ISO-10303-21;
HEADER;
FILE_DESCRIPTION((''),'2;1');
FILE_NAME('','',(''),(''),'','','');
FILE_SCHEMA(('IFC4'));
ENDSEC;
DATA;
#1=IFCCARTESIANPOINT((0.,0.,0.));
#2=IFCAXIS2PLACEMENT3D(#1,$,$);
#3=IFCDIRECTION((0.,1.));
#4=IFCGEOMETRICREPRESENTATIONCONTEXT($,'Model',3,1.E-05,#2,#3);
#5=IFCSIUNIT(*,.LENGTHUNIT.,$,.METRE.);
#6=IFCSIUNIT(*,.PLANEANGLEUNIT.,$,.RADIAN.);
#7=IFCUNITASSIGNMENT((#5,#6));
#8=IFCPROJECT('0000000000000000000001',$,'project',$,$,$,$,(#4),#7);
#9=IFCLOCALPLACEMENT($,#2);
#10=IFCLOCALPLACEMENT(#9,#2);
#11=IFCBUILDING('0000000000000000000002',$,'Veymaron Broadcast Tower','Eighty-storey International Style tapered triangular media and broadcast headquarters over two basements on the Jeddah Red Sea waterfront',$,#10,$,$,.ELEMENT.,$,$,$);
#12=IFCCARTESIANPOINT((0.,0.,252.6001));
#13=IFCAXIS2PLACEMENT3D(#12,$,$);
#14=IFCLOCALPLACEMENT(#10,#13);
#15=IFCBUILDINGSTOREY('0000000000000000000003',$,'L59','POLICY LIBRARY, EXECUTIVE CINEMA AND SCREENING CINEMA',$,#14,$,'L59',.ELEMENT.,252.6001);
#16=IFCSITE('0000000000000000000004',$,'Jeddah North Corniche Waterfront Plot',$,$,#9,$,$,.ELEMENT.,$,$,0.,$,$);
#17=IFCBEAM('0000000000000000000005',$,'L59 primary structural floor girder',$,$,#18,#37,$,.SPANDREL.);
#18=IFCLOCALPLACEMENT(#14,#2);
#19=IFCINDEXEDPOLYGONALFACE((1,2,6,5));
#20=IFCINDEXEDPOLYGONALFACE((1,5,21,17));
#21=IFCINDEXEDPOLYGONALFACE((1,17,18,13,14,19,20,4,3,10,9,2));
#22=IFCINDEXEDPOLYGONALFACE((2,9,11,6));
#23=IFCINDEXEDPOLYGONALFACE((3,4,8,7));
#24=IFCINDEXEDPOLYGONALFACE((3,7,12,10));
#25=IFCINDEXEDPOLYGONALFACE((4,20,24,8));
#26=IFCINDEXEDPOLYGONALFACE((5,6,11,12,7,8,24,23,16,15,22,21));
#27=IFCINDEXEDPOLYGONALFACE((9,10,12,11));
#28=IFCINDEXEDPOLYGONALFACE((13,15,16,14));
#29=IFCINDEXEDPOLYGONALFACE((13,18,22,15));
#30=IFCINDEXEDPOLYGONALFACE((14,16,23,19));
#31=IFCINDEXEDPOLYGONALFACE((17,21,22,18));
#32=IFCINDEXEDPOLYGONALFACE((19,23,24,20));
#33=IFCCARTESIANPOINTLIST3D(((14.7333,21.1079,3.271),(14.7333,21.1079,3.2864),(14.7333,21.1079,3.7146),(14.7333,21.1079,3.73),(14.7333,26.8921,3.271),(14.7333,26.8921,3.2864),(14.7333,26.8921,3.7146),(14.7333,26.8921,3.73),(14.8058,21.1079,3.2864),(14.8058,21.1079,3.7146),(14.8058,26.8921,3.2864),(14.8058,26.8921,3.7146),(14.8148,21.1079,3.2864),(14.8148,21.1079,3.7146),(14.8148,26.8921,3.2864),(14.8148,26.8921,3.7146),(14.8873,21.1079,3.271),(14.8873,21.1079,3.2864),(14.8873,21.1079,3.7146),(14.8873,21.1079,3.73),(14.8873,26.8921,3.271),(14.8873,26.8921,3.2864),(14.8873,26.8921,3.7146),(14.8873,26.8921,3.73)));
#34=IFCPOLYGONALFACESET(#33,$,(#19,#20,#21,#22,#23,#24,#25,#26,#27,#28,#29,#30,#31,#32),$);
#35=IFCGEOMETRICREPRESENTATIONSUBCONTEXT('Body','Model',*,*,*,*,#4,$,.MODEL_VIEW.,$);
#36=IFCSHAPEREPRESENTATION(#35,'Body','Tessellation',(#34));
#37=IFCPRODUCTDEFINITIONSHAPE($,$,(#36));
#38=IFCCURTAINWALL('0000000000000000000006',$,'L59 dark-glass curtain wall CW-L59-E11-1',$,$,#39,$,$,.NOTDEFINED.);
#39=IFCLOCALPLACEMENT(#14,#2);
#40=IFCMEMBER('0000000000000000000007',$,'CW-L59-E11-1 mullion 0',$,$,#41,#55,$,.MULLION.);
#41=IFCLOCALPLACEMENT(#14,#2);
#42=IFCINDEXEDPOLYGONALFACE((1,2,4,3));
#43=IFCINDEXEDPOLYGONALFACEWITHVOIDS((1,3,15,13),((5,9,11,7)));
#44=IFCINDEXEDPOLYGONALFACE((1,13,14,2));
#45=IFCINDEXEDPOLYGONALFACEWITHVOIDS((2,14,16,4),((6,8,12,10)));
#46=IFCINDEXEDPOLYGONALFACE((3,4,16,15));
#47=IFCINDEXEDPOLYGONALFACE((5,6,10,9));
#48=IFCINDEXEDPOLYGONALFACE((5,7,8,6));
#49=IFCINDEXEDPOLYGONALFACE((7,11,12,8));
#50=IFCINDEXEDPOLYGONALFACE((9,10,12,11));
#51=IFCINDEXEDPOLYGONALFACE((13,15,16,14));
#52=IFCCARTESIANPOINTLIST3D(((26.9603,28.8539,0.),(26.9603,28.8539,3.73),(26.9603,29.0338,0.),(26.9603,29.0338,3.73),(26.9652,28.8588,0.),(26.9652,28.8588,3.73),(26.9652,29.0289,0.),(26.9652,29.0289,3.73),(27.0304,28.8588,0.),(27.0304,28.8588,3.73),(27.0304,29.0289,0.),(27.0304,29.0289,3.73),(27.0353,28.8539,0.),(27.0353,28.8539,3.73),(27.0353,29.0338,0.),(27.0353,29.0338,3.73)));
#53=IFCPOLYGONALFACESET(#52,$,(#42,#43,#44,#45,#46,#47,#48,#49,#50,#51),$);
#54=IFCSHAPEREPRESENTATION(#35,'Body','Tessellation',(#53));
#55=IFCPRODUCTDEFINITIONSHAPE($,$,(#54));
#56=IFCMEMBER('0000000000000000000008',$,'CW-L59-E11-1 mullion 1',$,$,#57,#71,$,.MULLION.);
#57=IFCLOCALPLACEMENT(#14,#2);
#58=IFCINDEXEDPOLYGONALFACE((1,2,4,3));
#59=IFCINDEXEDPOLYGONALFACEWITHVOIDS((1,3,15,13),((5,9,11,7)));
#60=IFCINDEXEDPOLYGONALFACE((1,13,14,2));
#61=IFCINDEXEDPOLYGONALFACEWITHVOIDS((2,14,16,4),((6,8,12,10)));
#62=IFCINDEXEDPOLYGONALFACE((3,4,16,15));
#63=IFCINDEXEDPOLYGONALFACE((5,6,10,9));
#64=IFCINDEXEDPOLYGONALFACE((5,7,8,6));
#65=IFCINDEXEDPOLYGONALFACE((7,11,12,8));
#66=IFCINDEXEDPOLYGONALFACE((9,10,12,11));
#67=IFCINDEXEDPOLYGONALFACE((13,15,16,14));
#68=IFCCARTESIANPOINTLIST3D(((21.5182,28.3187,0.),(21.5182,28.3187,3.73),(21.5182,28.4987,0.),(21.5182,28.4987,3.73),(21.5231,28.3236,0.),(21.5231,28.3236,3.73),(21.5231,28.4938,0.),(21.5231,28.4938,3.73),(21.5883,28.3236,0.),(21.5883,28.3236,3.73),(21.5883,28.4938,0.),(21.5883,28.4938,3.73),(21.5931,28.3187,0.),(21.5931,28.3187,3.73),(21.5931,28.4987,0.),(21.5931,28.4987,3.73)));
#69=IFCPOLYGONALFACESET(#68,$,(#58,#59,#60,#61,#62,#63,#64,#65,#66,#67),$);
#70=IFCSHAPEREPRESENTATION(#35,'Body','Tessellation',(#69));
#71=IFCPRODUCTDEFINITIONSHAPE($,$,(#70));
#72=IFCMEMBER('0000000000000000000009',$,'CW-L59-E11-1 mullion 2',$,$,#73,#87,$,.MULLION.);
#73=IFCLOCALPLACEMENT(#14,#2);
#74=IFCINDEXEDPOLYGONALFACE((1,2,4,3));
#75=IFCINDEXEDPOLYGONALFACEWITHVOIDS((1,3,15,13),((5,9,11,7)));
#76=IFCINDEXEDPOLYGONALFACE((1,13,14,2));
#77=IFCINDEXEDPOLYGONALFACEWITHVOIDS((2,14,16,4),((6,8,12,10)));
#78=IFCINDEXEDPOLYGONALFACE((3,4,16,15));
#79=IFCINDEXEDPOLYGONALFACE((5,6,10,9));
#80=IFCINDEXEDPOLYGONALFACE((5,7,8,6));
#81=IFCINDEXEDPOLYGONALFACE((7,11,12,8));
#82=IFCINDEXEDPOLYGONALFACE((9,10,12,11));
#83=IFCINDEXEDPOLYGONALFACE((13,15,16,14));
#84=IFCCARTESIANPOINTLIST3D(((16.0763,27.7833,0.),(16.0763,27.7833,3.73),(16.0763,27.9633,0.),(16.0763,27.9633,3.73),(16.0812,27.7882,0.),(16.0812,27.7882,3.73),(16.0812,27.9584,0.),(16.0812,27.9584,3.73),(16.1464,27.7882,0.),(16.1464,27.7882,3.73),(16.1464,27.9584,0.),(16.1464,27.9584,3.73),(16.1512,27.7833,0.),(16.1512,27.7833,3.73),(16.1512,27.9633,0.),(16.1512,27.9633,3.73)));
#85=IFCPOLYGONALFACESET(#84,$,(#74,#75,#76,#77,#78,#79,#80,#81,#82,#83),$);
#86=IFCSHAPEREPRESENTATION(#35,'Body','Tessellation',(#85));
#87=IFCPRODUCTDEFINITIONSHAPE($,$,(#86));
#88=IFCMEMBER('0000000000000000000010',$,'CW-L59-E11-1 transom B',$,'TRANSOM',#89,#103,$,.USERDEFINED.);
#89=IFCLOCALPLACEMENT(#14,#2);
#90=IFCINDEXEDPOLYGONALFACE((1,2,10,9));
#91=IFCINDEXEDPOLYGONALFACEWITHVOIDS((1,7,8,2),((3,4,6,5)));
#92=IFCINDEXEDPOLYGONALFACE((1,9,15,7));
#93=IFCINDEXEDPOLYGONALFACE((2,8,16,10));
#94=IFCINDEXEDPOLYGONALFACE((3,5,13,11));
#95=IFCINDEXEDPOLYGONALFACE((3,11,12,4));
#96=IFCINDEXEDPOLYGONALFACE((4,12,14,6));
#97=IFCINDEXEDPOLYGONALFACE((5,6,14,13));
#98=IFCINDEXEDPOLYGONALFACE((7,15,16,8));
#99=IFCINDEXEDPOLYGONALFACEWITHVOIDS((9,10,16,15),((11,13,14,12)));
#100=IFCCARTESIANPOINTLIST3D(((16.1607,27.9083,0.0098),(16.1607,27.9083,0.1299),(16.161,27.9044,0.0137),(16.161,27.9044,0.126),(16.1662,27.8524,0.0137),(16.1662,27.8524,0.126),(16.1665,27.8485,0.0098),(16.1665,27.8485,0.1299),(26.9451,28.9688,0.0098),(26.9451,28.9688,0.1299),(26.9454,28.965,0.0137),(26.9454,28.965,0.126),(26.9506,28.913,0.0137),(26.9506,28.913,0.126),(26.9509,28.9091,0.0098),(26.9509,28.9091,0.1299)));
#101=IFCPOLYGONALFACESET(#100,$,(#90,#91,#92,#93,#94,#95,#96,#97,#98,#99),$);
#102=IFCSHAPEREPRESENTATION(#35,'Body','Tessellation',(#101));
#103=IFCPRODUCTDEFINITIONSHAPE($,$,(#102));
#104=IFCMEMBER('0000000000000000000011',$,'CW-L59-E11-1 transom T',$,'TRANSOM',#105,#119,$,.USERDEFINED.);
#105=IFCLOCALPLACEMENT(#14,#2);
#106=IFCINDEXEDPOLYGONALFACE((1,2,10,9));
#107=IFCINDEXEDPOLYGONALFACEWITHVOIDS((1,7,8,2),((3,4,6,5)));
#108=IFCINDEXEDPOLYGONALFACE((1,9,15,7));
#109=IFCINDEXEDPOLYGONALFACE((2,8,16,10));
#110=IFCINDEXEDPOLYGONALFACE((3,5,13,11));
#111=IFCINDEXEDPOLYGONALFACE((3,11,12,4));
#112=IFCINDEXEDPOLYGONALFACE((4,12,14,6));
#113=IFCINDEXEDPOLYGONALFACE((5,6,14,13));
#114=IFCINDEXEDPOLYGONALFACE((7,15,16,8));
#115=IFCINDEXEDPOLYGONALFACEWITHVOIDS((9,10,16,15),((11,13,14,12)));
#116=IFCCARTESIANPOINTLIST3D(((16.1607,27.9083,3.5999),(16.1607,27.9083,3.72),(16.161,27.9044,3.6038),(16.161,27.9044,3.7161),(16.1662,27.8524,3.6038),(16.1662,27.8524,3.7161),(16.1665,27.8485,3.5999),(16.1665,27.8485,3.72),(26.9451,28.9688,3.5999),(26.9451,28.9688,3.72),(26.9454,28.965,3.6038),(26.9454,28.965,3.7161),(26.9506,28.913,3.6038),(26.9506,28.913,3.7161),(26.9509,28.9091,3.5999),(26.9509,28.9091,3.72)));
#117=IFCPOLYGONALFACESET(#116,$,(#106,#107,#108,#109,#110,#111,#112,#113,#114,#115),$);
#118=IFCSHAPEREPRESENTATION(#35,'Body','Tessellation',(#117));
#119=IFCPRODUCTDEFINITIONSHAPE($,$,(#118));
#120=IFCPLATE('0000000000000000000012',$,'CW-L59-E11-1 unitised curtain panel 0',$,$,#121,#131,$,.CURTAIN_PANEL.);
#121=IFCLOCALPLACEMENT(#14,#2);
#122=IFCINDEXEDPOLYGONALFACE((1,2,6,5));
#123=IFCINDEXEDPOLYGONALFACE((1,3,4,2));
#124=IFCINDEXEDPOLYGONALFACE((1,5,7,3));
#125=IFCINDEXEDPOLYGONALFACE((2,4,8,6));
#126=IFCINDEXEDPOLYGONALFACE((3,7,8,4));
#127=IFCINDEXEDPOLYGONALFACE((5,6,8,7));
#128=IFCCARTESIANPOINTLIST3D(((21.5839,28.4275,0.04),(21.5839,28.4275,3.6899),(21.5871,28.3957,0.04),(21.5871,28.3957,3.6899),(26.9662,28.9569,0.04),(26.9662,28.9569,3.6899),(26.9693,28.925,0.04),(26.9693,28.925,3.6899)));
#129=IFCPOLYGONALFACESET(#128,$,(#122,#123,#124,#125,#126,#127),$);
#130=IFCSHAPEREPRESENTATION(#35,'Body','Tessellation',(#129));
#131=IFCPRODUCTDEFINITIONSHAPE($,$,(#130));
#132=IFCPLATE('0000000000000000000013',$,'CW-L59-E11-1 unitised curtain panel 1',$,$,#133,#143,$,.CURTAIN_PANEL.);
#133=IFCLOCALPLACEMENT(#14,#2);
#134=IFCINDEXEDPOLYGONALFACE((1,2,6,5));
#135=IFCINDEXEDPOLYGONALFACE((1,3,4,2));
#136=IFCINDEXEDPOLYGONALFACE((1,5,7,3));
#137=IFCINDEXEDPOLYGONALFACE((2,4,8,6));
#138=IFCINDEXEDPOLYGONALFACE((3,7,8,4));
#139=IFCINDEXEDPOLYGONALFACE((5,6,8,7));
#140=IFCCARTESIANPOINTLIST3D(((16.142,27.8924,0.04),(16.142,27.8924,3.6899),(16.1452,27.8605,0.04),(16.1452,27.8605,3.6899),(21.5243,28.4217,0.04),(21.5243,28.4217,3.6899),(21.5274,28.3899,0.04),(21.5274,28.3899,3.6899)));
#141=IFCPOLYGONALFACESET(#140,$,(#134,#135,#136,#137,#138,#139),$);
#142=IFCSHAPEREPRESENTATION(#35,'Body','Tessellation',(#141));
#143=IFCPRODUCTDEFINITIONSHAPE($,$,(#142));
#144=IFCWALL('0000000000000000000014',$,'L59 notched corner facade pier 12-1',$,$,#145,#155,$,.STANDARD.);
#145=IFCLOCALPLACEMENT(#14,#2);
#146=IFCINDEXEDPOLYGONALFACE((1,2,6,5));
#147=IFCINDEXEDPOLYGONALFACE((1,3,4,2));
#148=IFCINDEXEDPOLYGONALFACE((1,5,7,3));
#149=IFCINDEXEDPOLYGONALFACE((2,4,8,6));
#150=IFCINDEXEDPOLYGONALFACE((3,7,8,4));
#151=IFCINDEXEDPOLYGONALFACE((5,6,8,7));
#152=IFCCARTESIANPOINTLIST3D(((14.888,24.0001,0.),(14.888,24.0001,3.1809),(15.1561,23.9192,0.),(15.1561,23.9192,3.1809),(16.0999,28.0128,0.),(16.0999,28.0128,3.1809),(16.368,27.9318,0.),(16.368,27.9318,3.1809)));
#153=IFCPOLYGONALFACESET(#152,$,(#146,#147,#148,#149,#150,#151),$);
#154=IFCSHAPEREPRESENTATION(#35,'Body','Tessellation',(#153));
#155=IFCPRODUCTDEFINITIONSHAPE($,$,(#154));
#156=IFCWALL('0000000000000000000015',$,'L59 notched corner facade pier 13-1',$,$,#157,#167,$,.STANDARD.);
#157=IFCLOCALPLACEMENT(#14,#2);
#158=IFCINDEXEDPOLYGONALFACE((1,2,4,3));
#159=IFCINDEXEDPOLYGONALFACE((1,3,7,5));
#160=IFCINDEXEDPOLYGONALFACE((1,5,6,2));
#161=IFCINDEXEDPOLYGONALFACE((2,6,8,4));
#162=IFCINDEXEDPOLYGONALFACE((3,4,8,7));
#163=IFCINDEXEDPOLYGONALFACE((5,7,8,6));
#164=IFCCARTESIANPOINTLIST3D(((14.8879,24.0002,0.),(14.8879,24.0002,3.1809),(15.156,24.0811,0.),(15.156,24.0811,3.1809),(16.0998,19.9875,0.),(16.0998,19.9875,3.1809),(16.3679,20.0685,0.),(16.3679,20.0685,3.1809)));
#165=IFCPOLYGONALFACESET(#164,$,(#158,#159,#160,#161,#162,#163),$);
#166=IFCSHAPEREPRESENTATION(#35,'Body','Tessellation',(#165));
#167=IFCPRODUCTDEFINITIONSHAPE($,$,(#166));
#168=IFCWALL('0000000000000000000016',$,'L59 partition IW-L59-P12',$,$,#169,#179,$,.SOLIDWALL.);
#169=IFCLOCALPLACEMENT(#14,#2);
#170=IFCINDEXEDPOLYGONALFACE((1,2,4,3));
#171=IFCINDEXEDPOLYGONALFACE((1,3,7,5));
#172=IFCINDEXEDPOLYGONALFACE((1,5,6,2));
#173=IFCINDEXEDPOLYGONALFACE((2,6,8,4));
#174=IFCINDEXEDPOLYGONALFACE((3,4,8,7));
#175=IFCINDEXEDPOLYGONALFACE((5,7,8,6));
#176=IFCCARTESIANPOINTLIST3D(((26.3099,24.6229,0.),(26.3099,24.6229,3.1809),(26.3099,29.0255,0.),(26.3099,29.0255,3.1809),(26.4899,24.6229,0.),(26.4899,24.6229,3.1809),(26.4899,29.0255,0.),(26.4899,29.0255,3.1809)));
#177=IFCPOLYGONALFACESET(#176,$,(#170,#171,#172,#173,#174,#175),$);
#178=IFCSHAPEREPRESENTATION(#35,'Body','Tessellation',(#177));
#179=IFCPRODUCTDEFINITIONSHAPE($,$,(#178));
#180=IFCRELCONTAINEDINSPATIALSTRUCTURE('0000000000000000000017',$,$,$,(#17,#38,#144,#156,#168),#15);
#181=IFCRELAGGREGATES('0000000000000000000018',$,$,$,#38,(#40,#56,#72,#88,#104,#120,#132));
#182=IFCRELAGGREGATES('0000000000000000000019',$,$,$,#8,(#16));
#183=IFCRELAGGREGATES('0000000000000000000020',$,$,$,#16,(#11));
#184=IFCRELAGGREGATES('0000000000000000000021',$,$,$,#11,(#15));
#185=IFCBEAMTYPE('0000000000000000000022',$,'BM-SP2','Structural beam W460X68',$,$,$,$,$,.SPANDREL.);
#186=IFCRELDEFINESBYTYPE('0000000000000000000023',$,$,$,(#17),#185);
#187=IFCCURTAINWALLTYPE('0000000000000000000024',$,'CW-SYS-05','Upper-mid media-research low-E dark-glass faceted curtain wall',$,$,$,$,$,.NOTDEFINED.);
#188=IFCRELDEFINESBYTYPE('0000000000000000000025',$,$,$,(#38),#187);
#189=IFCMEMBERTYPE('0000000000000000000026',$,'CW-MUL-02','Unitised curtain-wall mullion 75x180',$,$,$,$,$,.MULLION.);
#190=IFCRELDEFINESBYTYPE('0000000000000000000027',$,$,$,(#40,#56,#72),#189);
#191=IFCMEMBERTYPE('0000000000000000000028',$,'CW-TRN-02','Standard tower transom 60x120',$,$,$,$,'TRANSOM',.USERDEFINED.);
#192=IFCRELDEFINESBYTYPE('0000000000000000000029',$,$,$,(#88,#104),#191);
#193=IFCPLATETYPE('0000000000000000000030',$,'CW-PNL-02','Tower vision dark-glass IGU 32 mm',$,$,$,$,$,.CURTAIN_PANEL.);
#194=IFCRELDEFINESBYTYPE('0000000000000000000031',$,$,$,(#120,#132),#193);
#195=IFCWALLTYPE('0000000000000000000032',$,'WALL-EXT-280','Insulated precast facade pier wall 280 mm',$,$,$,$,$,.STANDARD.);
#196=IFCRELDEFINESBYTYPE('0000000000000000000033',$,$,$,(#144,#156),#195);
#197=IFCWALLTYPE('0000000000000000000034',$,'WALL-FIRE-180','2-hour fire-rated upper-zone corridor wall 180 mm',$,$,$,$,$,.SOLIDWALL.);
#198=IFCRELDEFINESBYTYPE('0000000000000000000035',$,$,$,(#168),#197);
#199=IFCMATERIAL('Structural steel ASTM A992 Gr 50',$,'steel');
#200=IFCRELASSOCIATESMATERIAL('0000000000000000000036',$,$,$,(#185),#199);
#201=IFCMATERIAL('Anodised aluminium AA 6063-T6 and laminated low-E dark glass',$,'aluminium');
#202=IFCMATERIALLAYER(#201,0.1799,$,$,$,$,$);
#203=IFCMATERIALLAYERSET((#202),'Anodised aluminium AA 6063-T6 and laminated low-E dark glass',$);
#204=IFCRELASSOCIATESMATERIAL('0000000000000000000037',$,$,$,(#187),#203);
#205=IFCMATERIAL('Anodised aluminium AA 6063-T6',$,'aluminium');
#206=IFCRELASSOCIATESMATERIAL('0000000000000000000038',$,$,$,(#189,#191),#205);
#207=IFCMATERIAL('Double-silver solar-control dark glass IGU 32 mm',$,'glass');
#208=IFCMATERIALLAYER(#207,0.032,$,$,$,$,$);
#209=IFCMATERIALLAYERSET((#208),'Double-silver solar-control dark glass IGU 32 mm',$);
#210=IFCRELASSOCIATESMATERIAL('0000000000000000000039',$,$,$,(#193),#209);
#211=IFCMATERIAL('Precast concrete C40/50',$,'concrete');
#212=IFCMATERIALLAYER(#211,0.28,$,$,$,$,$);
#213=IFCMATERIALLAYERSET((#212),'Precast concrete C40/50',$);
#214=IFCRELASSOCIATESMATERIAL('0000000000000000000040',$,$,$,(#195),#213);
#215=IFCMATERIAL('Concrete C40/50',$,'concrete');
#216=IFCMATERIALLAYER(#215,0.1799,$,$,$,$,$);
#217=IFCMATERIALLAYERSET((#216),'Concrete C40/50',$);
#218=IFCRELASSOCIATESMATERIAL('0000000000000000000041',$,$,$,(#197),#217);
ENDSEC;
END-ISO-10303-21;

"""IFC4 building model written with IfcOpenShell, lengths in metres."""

from ifc_helpers import new_model, si_unit, direction, frame, frame_2d, origin, origin_2d, place, context, subcontext, project, spatial, rectangle, hollow_rectangle, i_section, extrude, material, layer, layer_set, material_profile, profile_set, type_object, element, aggregate, save


model = new_model("IFC4")

# Units and contexts
model_context = context("Model", 3, precision=1e-05, world=origin(), true_north=direction((0.0, 1.0)))
body_context = subcontext(model_context, "Body", "Model", "MODEL_VIEW")
ifc_project = project(units=[si_unit("LENGTHUNIT", "METRE"), si_unit("PLANEANGLEUNIT", "RADIAN")], contexts=[model_context])

# Site, building, storey
site_placement = place(None, origin())
site = spatial("IfcSite", under=ifc_project, at=site_placement, Name="Jeddah North Corniche Waterfront Plot", CompositionType="ELEMENT", RefElevation=0.0)
building_placement = place(site_placement, origin())
building = spatial("IfcBuilding", under=site, at=building_placement, Name="Veymaron Broadcast Tower", Description="Eighty-storey International Style tapered triangular media and broadcast headquarters over two basements on the Jeddah Red Sea waterfront", CompositionType="ELEMENT")
storey_placement = place(building_placement, frame((0.0, 0.0, 252.6001)))
storey = spatial("IfcBuildingStorey", under=building, at=storey_placement, Name="L59", Description="POLICY LIBRARY, EXECUTIVE CINEMA AND SCREENING CINEMA", LongName="L59", CompositionType="ELEMENT", Elevation=252.6001)

# Beam
ifc_material_1 = material(Name="Structural steel ASTM A992 Gr 50", Category="steel")
ifc_material_profile_1 = material_profile(ifc_material_1, i_section(OverallWidth=0.1541, OverallDepth=0.459, WebThickness=0.009, FlangeThickness=0.0154, at=origin_2d()), Name="W460X68")
ifc_profile_set_1 = profile_set([ifc_material_profile_1], Name="Structural steel ASTM A992 Gr 50")
beam_type_1 = type_object("IfcBeamType", Name="BM-SP2", Description="Structural beam W460X68", PredefinedType="SPANDREL", material=ifc_profile_set_1)
beam_1_placement = place(storey_placement, frame((14.8103, 21.1079, 3.5005), z_axis=(0.0, 1.0, 0.0), x_axis=(-1.0, 0.0, 0.0)))
element("IfcBeam", 1, at=beam_1_placement, inside=storey, type_object=beam_type_1, Name="L59 primary structural floor girder", PredefinedType="SPANDREL", context=body_context, shape_type="SweptSolid", body=[
    extrude(i_section(OverallWidth=0.1541, OverallDepth=0.459, WebThickness=0.009, FlangeThickness=0.0154, at=origin_2d()), origin(), (0.0, 0.0, 1.0), 5.7842),
])

# Curtain wall, members, plates
ifc_material_2 = material(Name="Anodised aluminium AA 6063-T6 and laminated low-E dark glass", Category="aluminium")
ifc_layer_1 = layer(ifc_material_2, 0.1799)
ifc_layer_set_1 = layer_set([ifc_layer_1], Name="Anodised aluminium AA 6063-T6 and laminated low-E dark glass")
curtain_wall_type = type_object("IfcCurtainWallType", Name="CW-SYS-05", Description="Upper-mid media-research low-E dark-glass faceted curtain wall", PredefinedType="NOTDEFINED", material=ifc_layer_set_1)
curtain_wall_placement = place(storey_placement, origin())
curtain_wall = element("IfcCurtainWall", 2, at=curtain_wall_placement, inside=storey, type_object=curtain_wall_type, Name="L59 dark-glass curtain wall CW-L59-E11-1", PredefinedType="NOTDEFINED")
ifc_material_3 = material(Name="Anodised aluminium AA 6063-T6", Category="aluminium")
ifc_material_profile_2 = material_profile(ifc_material_3, hollow_rectangle(XDim=0.075, YDim=0.1799, WallThickness=0.0049, at=origin_2d()), Name="AL180X75X5")
ifc_profile_set_2 = profile_set([ifc_material_profile_2], Name="Anodised aluminium AA 6063-T6")
member_type_1 = type_object("IfcMemberType", Name="CW-MUL-02", Description="Unitised curtain-wall mullion 75x180", PredefinedType="MULLION", material=ifc_profile_set_2)
member_1_placement = place(storey_placement, frame((26.9978, 28.9438, 0.0), z_axis=(0.0, 0.0, 1.0), x_axis=(1.0, 0.0, 0.0)))
member_1 = element("IfcMember", 3, at=member_1_placement, type_object=member_type_1, Name="CW-L59-E11-1 mullion 0", PredefinedType="MULLION", context=body_context, shape_type="SweptSolid", body=[
    extrude(hollow_rectangle(XDim=0.075, YDim=0.1799, WallThickness=0.0049, at=origin_2d()), origin(), (0.0, 0.0, 1.0), 3.73),
])
member_2_placement = place(storey_placement, frame((21.5557, 28.4087, 0.0), z_axis=(0.0, 0.0, 1.0), x_axis=(1.0, 0.0, 0.0)))
member_2 = element("IfcMember", 4, at=member_2_placement, type_object=member_type_1, Name="CW-L59-E11-1 mullion 1", PredefinedType="MULLION", context=body_context, shape_type="SweptSolid", body=[
    extrude(hollow_rectangle(XDim=0.075, YDim=0.1799, WallThickness=0.0049, at=origin_2d()), origin(), (0.0, 0.0, 1.0), 3.73),
])
member_3_placement = place(storey_placement, frame((16.1138, 27.8733, 0.0), z_axis=(0.0, 0.0, 1.0), x_axis=(1.0, 0.0, 0.0)))
member_3 = element("IfcMember", 5, at=member_3_placement, type_object=member_type_1, Name="CW-L59-E11-1 mullion 2", PredefinedType="MULLION", context=body_context, shape_type="SweptSolid", body=[
    extrude(hollow_rectangle(XDim=0.075, YDim=0.1799, WallThickness=0.0049, at=origin_2d()), origin(), (0.0, 0.0, 1.0), 3.73),
])
ifc_material_profile_3 = material_profile(ifc_material_3, hollow_rectangle(XDim=0.0601, YDim=0.1201, WallThickness=0.0039, at=origin_2d()), Name="AL120X60X4")
ifc_profile_set_3 = profile_set([ifc_material_profile_3], Name="Anodised aluminium AA 6063-T6")
member_type_2 = type_object("IfcMemberType", Name="CW-TRN-02", Description="Standard tower transom 60x120", ElementType="TRANSOM", PredefinedType="USERDEFINED", material=ifc_profile_set_3)
member_4_placement = place(storey_placement, frame((26.948, 28.939, 0.0698), z_axis=(-0.995199, -0.097869, 0.0), x_axis=(0.097869, -0.995199, 0.0)))
member_4 = element("IfcMember", 6, at=member_4_placement, type_object=member_type_2, Name="CW-L59-E11-1 transom B", ObjectType="TRANSOM", PredefinedType="USERDEFINED", context=body_context, shape_type="SweptSolid", body=[
    extrude(hollow_rectangle(XDim=0.0601, YDim=0.1201, WallThickness=0.0039, at=origin_2d()), origin(), (0.0, 0.0, 1.0), 10.8364),
])
member_5_placement = place(storey_placement, frame((26.948, 28.939, 3.6599), z_axis=(-0.995199, -0.097869, 0.0), x_axis=(0.097869, -0.995199, 0.0)))
member_5 = element("IfcMember", 7, at=member_5_placement, type_object=member_type_2, Name="CW-L59-E11-1 transom T", ObjectType="TRANSOM", PredefinedType="USERDEFINED", context=body_context, shape_type="SweptSolid", body=[
    extrude(hollow_rectangle(XDim=0.0601, YDim=0.1201, WallThickness=0.0039, at=origin_2d()), origin(), (0.0, 0.0, 1.0), 10.8364),
])
ifc_material_4 = material(Name="Double-silver solar-control dark glass IGU 32 mm", Category="glass")
ifc_layer_2 = layer(ifc_material_4, 0.032)
ifc_layer_set_2 = layer_set([ifc_layer_2], Name="Double-silver solar-control dark glass IGU 32 mm")
plate_type = type_object("IfcPlateType", Name="CW-PNL-02", Description="Tower vision dark-glass IGU 32 mm", PredefinedType="CURTAIN_PANEL", material=ifc_layer_set_2)
plate_1_placement = place(storey_placement, frame((24.2766, 28.6763, 0.04), z_axis=(0.0, 0.0, 1.0), x_axis=(-0.995198, -0.097878, 0.0)))
plate_1 = element("IfcPlate", 8, at=plate_1_placement, type_object=plate_type, Name="CW-L59-E11-1 unitised curtain panel 0", PredefinedType="CURTAIN_PANEL", context=body_context, shape_type="SweptSolid", body=[
    extrude(rectangle(XDim=5.4082, YDim=0.032, at=origin_2d()), origin(), (0.0, 0.0, 1.0), 3.6499),
])
plate_2_placement = place(storey_placement, frame((18.8347, 28.1411, 0.04), z_axis=(0.0, 0.0, 1.0), x_axis=(-0.995198, -0.097878, 0.0)))
plate_2 = element("IfcPlate", 9, at=plate_2_placement, type_object=plate_type, Name="CW-L59-E11-1 unitised curtain panel 1", PredefinedType="CURTAIN_PANEL", context=body_context, shape_type="SweptSolid", body=[
    extrude(rectangle(XDim=5.4082, YDim=0.032, at=origin_2d()), origin(), (0.0, 0.0, 1.0), 3.6499),
])
aggregate(curtain_wall, [member_1, member_2, member_3, member_4, member_5, plate_1, plate_2])

# Walls
ifc_material_5 = material(Name="Precast concrete C40/50", Category="concrete")
ifc_layer_3 = layer(ifc_material_5, 0.28)
ifc_layer_set_3 = layer_set([ifc_layer_3], Name="Precast concrete C40/50")
wall_type_1 = type_object("IfcWallType", Name="WALL-EXT-280", Description="Insulated precast facade pier wall 280 mm", PredefinedType="STANDARD", material=ifc_layer_set_3)
for number, where, z_axis, x_axis, name in (
    (10, (16.2339, 27.9722, 0.0), (0.0, 0.0, 1.0), (-0.289121, -0.957292, 0.0), "L59 notched corner facade pier 12-1"),
    (11, (15.022, 24.0405, 0.0), (0.0, 0.0, 1.0), (0.289121, -0.957292, 0.0), "L59 notched corner facade pier 13-1"),
):
    element("IfcWall", number, at=place(storey_placement, frame(where, z_axis=z_axis, x_axis=x_axis)), inside=storey, type_object=wall_type_1, Name=name, PredefinedType="STANDARD", context=body_context, shape_type="SweptSolid", body=[
        extrude(rectangle(XDim=4.1917, YDim=0.28, at=frame_2d((2.0957, 0.0))), origin(), (0.0, 0.0, 1.0), 3.1809),
    ])

# Shared definitions
ifc_material_6 = material(Name="Concrete C40/50", Category="concrete")
ifc_layer_4 = layer(ifc_material_6, 0.1799)
ifc_layer_set_4 = layer_set([ifc_layer_4], Name="Concrete C40/50")
wall_type_2 = type_object("IfcWallType", Name="WALL-FIRE-180", Description="2-hour fire-rated upper-zone corridor wall 180 mm", PredefinedType="SOLIDWALL", material=ifc_layer_set_4)

# Wall
wall_1_placement = place(storey_placement, frame((26.3999, 24.623, 0.0), z_axis=(0.0, 0.0, 1.0), x_axis=(0.0, 1.0, 0.0)))
element("IfcWall", 12, at=wall_1_placement, inside=storey, type_object=wall_type_2, Name="L59 partition IW-L59-P12", PredefinedType="SOLIDWALL", context=body_context, shape_type="SweptSolid", body=[
    extrude(rectangle(XDim=4.4026, YDim=0.1799, at=frame_2d((2.2012, 0.0))), origin(), (0.0, 0.0, 1.0), 3.1809),
])

save(model, "model.ifc")
